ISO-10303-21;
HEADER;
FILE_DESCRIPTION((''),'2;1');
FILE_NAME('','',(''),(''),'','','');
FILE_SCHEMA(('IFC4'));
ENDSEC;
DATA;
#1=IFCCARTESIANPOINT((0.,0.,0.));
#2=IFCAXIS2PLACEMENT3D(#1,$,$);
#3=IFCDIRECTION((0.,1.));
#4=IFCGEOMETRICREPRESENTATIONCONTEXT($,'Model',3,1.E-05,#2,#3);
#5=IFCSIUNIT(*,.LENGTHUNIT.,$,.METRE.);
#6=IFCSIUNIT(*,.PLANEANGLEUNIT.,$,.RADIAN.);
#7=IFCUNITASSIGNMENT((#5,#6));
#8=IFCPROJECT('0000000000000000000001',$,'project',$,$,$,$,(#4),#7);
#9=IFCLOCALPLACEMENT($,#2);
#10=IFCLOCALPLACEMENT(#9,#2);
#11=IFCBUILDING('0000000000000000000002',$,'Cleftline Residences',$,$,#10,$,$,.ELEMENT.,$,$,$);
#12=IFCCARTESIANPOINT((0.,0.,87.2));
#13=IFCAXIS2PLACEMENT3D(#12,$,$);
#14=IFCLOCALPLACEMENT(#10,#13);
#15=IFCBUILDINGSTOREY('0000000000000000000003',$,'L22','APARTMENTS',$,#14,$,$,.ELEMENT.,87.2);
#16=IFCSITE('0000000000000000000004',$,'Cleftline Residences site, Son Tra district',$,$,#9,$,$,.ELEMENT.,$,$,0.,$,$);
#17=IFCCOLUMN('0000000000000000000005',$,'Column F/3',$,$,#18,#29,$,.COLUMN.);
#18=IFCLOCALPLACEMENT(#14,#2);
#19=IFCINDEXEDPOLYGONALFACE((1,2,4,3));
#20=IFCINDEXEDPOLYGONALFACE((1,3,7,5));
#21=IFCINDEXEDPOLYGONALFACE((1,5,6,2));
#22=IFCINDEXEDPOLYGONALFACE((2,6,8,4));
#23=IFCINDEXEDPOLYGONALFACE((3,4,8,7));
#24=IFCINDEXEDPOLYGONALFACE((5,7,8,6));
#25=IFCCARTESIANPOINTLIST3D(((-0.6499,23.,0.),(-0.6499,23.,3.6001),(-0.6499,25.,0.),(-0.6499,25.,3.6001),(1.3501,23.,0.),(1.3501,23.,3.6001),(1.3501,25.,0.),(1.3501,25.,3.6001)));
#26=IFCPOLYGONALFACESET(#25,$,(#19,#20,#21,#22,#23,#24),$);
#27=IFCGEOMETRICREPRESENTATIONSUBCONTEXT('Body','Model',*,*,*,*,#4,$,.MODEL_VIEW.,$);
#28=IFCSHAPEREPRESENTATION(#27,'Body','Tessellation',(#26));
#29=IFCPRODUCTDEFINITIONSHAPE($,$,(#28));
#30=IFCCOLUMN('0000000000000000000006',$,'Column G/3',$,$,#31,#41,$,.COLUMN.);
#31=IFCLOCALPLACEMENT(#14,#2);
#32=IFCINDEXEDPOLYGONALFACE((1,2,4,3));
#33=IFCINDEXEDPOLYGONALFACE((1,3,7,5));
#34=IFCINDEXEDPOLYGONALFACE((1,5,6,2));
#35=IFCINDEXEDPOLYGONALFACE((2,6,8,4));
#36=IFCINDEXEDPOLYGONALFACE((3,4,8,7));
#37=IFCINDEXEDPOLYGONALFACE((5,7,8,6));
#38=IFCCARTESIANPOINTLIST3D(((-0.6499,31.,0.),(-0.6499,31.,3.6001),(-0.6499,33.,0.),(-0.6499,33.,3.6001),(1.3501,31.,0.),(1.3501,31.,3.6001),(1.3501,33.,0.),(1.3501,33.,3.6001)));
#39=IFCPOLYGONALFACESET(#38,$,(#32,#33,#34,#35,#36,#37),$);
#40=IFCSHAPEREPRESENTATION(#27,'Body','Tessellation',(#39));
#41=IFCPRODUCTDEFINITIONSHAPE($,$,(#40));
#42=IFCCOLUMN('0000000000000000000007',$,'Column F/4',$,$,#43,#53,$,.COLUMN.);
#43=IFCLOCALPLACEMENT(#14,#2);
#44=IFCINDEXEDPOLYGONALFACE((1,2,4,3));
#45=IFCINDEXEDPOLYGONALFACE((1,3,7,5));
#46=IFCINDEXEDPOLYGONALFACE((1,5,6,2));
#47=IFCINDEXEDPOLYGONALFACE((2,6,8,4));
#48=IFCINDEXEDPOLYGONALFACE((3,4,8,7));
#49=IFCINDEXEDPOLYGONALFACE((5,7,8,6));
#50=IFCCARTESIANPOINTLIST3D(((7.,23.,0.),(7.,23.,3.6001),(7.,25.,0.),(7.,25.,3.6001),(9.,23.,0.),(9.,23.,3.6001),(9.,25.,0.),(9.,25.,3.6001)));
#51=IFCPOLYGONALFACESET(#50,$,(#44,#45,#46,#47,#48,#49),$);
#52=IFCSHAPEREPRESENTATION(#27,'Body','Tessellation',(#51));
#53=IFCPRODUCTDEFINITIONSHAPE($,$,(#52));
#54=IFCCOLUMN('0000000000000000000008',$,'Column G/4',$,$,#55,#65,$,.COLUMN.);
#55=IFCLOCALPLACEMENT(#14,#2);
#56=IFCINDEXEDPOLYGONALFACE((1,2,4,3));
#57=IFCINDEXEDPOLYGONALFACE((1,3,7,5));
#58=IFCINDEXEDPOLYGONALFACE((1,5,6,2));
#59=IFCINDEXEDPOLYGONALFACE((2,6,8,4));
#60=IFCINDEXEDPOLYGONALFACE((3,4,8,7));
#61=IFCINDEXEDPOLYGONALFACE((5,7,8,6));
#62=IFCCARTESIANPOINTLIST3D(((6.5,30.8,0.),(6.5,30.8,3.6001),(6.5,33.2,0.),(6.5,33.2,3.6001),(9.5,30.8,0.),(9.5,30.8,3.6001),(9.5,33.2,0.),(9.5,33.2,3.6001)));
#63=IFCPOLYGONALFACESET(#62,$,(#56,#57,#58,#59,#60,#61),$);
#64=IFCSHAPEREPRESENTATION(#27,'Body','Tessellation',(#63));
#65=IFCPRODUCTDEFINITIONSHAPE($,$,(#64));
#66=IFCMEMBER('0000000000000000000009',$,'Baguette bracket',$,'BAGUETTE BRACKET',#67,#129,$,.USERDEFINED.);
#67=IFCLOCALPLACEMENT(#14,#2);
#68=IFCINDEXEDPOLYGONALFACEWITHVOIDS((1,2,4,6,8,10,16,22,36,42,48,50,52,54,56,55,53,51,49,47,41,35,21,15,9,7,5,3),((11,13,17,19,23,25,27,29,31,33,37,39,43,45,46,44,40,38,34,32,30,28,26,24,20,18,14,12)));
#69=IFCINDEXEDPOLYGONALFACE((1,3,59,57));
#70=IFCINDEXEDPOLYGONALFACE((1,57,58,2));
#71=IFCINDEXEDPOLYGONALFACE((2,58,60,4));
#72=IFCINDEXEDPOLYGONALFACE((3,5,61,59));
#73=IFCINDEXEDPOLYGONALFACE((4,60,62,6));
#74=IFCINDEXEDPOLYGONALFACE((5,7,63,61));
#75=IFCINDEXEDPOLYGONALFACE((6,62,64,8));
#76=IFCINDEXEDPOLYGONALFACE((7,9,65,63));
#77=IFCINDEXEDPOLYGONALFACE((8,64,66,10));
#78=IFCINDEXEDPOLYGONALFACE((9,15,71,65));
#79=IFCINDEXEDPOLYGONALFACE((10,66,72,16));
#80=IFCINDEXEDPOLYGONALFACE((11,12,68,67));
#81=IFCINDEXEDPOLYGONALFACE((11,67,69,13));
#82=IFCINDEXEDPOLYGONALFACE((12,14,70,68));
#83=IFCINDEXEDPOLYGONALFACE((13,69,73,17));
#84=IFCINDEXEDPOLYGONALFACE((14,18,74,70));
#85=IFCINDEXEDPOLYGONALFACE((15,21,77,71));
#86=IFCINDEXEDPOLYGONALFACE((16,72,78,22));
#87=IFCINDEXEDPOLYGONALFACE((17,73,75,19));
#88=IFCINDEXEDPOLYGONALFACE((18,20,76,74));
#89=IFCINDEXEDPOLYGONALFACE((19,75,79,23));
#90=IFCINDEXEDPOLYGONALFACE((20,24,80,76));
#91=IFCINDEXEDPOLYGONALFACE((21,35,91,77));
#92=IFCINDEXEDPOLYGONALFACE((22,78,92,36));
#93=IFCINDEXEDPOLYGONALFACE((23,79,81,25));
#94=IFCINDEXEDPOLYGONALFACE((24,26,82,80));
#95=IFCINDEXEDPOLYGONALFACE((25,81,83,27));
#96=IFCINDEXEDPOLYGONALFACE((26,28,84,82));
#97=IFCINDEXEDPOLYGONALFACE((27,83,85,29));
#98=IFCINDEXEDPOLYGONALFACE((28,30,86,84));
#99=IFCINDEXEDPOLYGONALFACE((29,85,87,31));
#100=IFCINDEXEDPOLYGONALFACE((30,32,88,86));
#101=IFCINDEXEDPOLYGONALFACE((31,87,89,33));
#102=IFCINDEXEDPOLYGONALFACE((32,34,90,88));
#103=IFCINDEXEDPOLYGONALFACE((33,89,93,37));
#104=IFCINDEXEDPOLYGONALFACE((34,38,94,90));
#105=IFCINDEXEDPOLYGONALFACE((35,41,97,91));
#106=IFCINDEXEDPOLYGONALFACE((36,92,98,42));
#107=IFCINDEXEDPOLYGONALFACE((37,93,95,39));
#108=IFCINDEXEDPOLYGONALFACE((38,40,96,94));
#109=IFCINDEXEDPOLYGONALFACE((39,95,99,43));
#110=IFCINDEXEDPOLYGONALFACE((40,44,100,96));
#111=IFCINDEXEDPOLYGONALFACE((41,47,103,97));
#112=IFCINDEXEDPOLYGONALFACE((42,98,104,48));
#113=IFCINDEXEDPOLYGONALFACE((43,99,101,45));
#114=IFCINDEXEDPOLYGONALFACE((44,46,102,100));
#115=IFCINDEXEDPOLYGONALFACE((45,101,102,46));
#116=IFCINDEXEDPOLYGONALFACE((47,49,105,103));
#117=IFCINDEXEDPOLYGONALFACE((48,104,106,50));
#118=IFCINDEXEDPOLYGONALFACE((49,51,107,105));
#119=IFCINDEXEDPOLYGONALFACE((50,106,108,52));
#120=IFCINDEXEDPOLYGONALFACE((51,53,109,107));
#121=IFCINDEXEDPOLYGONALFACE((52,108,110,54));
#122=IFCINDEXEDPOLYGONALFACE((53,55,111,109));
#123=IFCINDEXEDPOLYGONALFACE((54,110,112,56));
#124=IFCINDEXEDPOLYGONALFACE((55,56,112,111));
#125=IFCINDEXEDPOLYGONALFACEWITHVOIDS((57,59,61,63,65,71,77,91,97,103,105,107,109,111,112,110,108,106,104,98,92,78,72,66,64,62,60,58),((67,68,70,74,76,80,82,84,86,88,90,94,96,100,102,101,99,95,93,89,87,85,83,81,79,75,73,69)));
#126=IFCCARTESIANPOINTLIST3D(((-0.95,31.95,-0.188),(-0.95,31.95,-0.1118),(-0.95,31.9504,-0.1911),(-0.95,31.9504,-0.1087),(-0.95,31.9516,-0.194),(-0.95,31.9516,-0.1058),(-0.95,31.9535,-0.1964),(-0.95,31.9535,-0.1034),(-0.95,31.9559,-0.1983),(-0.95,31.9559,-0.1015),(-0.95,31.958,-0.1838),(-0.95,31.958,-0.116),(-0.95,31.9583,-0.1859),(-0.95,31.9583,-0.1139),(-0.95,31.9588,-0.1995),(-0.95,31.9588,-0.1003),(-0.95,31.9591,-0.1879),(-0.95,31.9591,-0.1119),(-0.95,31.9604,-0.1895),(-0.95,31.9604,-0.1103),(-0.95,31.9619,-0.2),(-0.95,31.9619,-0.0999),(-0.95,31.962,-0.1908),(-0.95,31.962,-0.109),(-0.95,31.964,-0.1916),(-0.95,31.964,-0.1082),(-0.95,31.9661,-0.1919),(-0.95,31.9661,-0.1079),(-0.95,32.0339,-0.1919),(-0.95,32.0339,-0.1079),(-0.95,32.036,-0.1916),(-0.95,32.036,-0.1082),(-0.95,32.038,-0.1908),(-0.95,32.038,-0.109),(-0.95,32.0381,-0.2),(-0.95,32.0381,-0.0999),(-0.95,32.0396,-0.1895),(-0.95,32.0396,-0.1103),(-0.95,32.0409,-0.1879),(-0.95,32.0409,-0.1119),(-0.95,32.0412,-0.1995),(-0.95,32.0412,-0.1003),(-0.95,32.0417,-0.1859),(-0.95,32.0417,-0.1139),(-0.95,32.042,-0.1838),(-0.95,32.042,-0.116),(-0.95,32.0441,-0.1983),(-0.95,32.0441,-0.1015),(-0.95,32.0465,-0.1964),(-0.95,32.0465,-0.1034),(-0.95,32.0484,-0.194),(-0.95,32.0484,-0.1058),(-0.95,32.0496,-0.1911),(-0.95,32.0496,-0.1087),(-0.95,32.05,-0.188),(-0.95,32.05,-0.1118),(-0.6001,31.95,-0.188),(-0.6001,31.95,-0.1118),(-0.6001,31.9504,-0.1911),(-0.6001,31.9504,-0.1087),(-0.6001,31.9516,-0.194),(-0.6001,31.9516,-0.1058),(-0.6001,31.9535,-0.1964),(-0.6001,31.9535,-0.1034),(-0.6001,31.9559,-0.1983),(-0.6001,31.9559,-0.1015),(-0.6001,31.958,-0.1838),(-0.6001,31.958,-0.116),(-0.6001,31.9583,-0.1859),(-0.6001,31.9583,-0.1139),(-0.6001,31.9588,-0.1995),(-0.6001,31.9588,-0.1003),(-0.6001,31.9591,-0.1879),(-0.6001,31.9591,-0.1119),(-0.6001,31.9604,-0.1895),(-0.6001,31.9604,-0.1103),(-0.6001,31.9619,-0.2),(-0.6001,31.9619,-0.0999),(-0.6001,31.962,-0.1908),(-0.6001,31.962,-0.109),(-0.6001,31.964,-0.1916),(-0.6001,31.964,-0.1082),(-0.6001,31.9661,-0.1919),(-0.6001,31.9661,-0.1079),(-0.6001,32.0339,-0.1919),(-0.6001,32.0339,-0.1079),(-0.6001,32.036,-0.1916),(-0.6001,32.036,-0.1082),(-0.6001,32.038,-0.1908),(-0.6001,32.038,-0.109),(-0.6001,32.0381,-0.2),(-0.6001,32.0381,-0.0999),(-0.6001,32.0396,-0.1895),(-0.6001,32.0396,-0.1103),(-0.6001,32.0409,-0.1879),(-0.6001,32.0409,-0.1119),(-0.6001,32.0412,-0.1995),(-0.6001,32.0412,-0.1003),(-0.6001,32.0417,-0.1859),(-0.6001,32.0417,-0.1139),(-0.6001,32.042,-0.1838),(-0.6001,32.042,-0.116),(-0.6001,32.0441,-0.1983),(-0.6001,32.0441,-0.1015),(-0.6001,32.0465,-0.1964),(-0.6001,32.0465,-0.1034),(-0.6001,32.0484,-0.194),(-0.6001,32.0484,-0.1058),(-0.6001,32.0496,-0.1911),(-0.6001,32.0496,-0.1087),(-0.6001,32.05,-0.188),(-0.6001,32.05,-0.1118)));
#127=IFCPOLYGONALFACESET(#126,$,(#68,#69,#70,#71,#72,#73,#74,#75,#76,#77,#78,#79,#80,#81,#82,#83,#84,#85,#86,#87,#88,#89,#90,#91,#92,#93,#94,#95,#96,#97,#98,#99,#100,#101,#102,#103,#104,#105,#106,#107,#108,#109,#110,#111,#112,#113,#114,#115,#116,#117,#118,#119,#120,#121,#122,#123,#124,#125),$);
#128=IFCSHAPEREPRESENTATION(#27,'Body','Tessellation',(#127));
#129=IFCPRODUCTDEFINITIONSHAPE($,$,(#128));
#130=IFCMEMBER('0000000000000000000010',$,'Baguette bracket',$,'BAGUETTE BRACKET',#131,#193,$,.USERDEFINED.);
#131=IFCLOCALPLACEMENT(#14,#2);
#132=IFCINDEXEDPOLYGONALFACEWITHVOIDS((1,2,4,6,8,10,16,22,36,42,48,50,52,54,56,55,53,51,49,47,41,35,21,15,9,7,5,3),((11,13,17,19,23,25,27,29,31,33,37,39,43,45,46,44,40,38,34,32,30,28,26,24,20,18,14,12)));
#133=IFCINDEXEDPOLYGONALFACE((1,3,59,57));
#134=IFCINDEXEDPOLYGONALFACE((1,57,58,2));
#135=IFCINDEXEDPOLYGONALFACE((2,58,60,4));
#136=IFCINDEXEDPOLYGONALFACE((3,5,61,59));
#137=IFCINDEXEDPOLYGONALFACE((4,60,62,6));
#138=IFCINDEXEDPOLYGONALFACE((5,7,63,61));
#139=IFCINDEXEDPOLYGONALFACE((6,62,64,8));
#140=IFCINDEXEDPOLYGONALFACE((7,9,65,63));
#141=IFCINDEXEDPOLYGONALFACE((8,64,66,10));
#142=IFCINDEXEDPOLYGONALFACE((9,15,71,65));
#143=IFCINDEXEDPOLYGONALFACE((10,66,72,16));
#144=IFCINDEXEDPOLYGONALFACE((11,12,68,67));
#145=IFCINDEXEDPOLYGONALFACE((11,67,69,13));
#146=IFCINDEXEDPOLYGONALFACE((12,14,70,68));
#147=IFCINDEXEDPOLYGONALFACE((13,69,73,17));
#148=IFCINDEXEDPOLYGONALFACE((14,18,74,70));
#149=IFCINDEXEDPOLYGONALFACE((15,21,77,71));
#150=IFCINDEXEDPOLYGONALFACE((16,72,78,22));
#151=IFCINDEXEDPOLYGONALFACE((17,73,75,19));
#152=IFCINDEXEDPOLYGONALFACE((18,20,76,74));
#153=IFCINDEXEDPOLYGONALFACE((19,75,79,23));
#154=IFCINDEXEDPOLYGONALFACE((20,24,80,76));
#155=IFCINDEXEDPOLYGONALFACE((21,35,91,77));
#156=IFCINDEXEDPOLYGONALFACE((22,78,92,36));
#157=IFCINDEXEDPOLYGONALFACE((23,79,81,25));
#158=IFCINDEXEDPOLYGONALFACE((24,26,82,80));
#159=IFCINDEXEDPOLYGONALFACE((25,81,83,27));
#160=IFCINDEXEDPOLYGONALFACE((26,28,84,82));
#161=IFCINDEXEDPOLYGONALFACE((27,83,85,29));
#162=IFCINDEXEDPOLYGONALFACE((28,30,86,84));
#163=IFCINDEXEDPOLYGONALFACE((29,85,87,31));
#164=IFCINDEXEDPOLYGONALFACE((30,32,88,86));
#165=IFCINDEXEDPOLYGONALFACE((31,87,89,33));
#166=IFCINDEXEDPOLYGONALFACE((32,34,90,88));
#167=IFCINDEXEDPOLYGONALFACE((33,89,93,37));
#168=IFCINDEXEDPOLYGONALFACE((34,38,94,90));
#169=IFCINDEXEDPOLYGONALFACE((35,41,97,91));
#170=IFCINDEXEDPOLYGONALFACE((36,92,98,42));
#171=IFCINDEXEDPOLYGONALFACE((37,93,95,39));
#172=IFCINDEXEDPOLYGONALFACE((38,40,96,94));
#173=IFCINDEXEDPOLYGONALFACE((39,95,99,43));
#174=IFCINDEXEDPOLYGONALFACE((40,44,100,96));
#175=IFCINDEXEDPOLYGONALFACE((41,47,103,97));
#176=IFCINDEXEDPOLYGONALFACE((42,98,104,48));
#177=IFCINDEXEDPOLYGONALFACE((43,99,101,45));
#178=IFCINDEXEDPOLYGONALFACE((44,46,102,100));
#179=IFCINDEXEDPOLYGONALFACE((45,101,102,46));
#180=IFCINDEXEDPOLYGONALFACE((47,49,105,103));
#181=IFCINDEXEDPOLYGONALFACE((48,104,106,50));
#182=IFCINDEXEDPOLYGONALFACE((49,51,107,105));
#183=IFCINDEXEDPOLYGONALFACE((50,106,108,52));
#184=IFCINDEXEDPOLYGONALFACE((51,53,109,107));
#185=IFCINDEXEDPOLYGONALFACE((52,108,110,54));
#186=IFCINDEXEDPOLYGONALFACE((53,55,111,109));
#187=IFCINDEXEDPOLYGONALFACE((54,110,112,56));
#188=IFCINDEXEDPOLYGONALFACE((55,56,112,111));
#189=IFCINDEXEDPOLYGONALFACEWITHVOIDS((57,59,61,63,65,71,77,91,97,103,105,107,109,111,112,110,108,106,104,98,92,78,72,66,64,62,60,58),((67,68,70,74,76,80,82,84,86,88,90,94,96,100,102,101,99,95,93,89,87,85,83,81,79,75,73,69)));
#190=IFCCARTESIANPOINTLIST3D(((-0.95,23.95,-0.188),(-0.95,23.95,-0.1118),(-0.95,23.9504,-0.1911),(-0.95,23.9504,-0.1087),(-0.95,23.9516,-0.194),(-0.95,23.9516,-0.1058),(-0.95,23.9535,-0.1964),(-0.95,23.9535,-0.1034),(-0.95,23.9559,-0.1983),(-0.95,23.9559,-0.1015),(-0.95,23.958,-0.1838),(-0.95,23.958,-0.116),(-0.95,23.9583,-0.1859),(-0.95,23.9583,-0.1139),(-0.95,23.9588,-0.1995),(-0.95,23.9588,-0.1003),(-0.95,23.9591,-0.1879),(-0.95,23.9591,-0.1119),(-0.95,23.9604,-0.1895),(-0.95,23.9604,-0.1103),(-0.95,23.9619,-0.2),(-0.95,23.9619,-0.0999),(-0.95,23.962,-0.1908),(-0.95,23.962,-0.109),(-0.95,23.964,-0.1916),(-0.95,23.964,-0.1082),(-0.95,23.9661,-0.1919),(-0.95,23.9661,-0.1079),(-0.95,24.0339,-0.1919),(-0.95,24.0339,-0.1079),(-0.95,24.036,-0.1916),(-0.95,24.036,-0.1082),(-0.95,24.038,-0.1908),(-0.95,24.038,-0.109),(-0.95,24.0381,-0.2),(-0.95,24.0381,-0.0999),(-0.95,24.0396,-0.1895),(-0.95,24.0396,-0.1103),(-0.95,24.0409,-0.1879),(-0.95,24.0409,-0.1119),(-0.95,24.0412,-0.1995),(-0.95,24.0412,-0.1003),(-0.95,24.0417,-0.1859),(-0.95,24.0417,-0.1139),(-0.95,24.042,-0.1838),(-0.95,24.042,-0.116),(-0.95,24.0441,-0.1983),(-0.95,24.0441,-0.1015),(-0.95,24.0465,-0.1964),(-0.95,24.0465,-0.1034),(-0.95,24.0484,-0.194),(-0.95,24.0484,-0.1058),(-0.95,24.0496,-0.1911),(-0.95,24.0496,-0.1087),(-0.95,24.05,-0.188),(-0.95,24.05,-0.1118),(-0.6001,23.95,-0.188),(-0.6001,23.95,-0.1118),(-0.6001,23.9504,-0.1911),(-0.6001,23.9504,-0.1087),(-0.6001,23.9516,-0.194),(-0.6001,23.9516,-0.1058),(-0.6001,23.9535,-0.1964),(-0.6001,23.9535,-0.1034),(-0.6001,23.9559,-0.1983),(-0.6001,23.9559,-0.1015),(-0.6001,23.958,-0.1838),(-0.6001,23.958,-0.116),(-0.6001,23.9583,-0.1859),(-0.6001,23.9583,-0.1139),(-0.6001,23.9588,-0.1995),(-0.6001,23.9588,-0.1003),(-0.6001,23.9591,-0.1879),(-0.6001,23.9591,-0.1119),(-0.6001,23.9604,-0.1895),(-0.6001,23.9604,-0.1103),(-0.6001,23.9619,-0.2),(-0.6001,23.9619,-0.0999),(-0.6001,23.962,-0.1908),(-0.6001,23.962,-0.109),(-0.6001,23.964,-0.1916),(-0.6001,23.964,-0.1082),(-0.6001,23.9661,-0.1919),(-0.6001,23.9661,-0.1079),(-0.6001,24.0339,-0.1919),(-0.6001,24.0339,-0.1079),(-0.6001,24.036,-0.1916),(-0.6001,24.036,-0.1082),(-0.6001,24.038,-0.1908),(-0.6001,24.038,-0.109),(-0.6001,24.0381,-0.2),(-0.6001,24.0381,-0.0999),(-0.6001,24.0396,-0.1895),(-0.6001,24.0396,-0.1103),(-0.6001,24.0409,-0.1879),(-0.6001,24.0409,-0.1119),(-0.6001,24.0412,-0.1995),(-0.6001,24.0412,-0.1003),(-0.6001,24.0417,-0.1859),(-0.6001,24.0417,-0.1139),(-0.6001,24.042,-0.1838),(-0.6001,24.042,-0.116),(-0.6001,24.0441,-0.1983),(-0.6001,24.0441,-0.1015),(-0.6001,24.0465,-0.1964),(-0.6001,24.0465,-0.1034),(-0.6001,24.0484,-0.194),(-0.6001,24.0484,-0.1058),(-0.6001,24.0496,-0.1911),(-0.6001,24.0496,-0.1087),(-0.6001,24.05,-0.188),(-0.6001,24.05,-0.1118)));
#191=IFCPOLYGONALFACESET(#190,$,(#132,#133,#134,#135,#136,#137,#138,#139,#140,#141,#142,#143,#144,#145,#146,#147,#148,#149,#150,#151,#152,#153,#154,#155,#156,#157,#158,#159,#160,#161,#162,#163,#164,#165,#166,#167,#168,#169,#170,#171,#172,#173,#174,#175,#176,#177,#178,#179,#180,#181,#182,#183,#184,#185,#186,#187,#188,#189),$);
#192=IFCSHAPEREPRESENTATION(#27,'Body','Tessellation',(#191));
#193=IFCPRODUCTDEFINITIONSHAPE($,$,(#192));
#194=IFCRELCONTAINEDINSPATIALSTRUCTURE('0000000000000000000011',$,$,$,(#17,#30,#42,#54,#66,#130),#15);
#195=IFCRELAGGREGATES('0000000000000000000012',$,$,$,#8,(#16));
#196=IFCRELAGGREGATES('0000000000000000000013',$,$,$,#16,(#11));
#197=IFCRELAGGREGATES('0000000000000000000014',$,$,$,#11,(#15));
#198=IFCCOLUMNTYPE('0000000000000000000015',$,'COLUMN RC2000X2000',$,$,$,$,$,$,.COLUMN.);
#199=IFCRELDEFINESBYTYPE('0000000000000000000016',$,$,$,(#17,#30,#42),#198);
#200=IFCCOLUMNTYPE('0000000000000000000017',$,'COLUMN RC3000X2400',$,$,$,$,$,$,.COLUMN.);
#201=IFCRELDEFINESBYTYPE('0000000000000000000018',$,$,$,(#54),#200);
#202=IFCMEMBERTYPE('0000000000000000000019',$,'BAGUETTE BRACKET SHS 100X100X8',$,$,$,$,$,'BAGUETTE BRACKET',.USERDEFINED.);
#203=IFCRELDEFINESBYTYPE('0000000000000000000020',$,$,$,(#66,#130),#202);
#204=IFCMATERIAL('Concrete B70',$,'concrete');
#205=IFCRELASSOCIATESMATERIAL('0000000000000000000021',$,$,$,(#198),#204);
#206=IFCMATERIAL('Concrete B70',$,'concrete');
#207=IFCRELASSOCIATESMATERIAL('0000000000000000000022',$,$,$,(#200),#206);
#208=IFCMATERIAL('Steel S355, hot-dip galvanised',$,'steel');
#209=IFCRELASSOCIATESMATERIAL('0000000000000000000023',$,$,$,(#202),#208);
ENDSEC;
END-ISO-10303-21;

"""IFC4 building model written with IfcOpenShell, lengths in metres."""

from ifc_helpers import new_model, si_unit, direction, frame, origin, origin_2d, place, context, subcontext, project, spatial, rectangle, hollow_rectangle, extrude, material, material_profile, profile_set, type_object, element, save


model = new_model("IFC4")

# Units and contexts
model_context = context("Model", 3, precision=1e-05, world=origin(), true_north=direction((0.0, 1.0)))
body_context = subcontext(model_context, "Body", "Model", "MODEL_VIEW")
ifc_project = project(units=[si_unit("LENGTHUNIT", "METRE"), si_unit("PLANEANGLEUNIT", "RADIAN")], contexts=[model_context])

# Site, building, storey
site_placement = place(None, origin())
site = spatial("IfcSite", under=ifc_project, at=site_placement, Name="Cleftline Residences site, Son Tra district", CompositionType="ELEMENT", RefElevation=0.0)
building_placement = place(site_placement, origin())
building = spatial("IfcBuilding", under=site, at=building_placement, Name="Cleftline Residences", CompositionType="ELEMENT")
storey_placement = place(building_placement, frame((0.0, 0.0, 87.2)))
storey = spatial("IfcBuildingStorey", under=building, at=storey_placement, Name="L22", Description="APARTMENTS", CompositionType="ELEMENT", Elevation=87.2)

# Columns
ifc_material_1 = material(Name="Concrete B70", Category="concrete")
ifc_material_profile_1 = material_profile(ifc_material_1, rectangle(XDim=2.0, YDim=2.0, at=origin_2d()))
ifc_profile_set_1 = profile_set([ifc_material_profile_1], Name="Concrete B70")
column_type_1 = type_object("IfcColumnType", Name="COLUMN RC2000X2000", PredefinedType="COLUMN", material=ifc_profile_set_1)
for number, where, z_axis, x_axis, name in (
    (1, (0.3501, 24.0, 0.0), (0.0, 0.0, 1.0), (1.0, 0.0, 0.0), "Column F/3"),
    (2, (0.3501, 32.0, 0.0), (0.0, 0.0, 1.0), (1.0, 0.0, 0.0), "Column G/3"),
    (3, (8.0, 24.0, 0.0), (0.0, 0.0, 1.0), (1.0, 0.0, 0.0), "Column F/4"),
):
    element("IfcColumn", number, at=place(storey_placement, frame(where, z_axis=z_axis, x_axis=x_axis)), inside=storey, type_object=column_type_1, Name=name, PredefinedType="COLUMN", context=body_context, shape_type="SweptSolid", body=[
        extrude(rectangle(XDim=2.0, YDim=2.0, at=origin_2d()), origin(), (0.0, 0.0, 1.0), 3.6001),
    ])
ifc_material_2 = material(Name="Concrete B70", Category="concrete")
ifc_material_profile_2 = material_profile(ifc_material_2, rectangle(XDim=3.0, YDim=2.3999, at=origin_2d()))
ifc_profile_set_2 = profile_set([ifc_material_profile_2], Name="Concrete B70")
column_type_2 = type_object("IfcColumnType", Name="COLUMN RC3000X2400", PredefinedType="COLUMN", material=ifc_profile_set_2)
column_placement = place(storey_placement, frame((8.0, 32.0, 0.0), z_axis=(0.0, 0.0, 1.0), x_axis=(1.0, 0.0, 0.0)))
element("IfcColumn", 4, at=column_placement, inside=storey, type_object=column_type_2, Name="Column G/4", PredefinedType="COLUMN", context=body_context, shape_type="SweptSolid", body=[
    extrude(rectangle(XDim=3.0, YDim=2.3999, at=origin_2d()), origin(), (0.0, 0.0, 1.0), 3.6001),
])

# Members
ifc_material_3 = material(Name="Steel S355, hot-dip galvanised", Category="steel")
ifc_material_profile_3 = material_profile(ifc_material_3, hollow_rectangle(XDim=0.1001, YDim=0.1001, WallThickness=0.0081, InnerFilletRadius=0.0081, OuterFilletRadius=0.012, at=origin_2d()))
ifc_profile_set_3 = profile_set([ifc_material_profile_3], Name="Steel S355, hot-dip galvanised")
member_type_1 = type_object("IfcMemberType", Name="BAGUETTE BRACKET SHS 100X100X8", ElementType="BAGUETTE BRACKET", PredefinedType="USERDEFINED", material=ifc_profile_set_3)
for number, where, z_axis, x_axis, name in (
    (5, (-0.6001, 32.0, -0.1499), (-1.0, 0.0, 0.0), (0.0, -1.0, 0.0), "Baguette bracket"),
    (6, (-0.6001, 24.0, -0.1499), (-1.0, 0.0, 0.0), (0.0, -1.0, 0.0), "Baguette bracket"),
):
    element("IfcMember", number, at=place(storey_placement, frame(where, z_axis=z_axis, x_axis=x_axis)), inside=storey, type_object=member_type_1, Name=name, ObjectType="BAGUETTE BRACKET", PredefinedType="USERDEFINED", context=body_context, shape_type="SweptSolid", body=[
        extrude(hollow_rectangle(XDim=0.1001, YDim=0.1001, WallThickness=0.0081, InnerFilletRadius=0.0081, OuterFilletRadius=0.012, at=origin_2d()), origin(), (0.0, 0.0, 1.0), 0.3499),
    ])

save(model, "model.ifc")
